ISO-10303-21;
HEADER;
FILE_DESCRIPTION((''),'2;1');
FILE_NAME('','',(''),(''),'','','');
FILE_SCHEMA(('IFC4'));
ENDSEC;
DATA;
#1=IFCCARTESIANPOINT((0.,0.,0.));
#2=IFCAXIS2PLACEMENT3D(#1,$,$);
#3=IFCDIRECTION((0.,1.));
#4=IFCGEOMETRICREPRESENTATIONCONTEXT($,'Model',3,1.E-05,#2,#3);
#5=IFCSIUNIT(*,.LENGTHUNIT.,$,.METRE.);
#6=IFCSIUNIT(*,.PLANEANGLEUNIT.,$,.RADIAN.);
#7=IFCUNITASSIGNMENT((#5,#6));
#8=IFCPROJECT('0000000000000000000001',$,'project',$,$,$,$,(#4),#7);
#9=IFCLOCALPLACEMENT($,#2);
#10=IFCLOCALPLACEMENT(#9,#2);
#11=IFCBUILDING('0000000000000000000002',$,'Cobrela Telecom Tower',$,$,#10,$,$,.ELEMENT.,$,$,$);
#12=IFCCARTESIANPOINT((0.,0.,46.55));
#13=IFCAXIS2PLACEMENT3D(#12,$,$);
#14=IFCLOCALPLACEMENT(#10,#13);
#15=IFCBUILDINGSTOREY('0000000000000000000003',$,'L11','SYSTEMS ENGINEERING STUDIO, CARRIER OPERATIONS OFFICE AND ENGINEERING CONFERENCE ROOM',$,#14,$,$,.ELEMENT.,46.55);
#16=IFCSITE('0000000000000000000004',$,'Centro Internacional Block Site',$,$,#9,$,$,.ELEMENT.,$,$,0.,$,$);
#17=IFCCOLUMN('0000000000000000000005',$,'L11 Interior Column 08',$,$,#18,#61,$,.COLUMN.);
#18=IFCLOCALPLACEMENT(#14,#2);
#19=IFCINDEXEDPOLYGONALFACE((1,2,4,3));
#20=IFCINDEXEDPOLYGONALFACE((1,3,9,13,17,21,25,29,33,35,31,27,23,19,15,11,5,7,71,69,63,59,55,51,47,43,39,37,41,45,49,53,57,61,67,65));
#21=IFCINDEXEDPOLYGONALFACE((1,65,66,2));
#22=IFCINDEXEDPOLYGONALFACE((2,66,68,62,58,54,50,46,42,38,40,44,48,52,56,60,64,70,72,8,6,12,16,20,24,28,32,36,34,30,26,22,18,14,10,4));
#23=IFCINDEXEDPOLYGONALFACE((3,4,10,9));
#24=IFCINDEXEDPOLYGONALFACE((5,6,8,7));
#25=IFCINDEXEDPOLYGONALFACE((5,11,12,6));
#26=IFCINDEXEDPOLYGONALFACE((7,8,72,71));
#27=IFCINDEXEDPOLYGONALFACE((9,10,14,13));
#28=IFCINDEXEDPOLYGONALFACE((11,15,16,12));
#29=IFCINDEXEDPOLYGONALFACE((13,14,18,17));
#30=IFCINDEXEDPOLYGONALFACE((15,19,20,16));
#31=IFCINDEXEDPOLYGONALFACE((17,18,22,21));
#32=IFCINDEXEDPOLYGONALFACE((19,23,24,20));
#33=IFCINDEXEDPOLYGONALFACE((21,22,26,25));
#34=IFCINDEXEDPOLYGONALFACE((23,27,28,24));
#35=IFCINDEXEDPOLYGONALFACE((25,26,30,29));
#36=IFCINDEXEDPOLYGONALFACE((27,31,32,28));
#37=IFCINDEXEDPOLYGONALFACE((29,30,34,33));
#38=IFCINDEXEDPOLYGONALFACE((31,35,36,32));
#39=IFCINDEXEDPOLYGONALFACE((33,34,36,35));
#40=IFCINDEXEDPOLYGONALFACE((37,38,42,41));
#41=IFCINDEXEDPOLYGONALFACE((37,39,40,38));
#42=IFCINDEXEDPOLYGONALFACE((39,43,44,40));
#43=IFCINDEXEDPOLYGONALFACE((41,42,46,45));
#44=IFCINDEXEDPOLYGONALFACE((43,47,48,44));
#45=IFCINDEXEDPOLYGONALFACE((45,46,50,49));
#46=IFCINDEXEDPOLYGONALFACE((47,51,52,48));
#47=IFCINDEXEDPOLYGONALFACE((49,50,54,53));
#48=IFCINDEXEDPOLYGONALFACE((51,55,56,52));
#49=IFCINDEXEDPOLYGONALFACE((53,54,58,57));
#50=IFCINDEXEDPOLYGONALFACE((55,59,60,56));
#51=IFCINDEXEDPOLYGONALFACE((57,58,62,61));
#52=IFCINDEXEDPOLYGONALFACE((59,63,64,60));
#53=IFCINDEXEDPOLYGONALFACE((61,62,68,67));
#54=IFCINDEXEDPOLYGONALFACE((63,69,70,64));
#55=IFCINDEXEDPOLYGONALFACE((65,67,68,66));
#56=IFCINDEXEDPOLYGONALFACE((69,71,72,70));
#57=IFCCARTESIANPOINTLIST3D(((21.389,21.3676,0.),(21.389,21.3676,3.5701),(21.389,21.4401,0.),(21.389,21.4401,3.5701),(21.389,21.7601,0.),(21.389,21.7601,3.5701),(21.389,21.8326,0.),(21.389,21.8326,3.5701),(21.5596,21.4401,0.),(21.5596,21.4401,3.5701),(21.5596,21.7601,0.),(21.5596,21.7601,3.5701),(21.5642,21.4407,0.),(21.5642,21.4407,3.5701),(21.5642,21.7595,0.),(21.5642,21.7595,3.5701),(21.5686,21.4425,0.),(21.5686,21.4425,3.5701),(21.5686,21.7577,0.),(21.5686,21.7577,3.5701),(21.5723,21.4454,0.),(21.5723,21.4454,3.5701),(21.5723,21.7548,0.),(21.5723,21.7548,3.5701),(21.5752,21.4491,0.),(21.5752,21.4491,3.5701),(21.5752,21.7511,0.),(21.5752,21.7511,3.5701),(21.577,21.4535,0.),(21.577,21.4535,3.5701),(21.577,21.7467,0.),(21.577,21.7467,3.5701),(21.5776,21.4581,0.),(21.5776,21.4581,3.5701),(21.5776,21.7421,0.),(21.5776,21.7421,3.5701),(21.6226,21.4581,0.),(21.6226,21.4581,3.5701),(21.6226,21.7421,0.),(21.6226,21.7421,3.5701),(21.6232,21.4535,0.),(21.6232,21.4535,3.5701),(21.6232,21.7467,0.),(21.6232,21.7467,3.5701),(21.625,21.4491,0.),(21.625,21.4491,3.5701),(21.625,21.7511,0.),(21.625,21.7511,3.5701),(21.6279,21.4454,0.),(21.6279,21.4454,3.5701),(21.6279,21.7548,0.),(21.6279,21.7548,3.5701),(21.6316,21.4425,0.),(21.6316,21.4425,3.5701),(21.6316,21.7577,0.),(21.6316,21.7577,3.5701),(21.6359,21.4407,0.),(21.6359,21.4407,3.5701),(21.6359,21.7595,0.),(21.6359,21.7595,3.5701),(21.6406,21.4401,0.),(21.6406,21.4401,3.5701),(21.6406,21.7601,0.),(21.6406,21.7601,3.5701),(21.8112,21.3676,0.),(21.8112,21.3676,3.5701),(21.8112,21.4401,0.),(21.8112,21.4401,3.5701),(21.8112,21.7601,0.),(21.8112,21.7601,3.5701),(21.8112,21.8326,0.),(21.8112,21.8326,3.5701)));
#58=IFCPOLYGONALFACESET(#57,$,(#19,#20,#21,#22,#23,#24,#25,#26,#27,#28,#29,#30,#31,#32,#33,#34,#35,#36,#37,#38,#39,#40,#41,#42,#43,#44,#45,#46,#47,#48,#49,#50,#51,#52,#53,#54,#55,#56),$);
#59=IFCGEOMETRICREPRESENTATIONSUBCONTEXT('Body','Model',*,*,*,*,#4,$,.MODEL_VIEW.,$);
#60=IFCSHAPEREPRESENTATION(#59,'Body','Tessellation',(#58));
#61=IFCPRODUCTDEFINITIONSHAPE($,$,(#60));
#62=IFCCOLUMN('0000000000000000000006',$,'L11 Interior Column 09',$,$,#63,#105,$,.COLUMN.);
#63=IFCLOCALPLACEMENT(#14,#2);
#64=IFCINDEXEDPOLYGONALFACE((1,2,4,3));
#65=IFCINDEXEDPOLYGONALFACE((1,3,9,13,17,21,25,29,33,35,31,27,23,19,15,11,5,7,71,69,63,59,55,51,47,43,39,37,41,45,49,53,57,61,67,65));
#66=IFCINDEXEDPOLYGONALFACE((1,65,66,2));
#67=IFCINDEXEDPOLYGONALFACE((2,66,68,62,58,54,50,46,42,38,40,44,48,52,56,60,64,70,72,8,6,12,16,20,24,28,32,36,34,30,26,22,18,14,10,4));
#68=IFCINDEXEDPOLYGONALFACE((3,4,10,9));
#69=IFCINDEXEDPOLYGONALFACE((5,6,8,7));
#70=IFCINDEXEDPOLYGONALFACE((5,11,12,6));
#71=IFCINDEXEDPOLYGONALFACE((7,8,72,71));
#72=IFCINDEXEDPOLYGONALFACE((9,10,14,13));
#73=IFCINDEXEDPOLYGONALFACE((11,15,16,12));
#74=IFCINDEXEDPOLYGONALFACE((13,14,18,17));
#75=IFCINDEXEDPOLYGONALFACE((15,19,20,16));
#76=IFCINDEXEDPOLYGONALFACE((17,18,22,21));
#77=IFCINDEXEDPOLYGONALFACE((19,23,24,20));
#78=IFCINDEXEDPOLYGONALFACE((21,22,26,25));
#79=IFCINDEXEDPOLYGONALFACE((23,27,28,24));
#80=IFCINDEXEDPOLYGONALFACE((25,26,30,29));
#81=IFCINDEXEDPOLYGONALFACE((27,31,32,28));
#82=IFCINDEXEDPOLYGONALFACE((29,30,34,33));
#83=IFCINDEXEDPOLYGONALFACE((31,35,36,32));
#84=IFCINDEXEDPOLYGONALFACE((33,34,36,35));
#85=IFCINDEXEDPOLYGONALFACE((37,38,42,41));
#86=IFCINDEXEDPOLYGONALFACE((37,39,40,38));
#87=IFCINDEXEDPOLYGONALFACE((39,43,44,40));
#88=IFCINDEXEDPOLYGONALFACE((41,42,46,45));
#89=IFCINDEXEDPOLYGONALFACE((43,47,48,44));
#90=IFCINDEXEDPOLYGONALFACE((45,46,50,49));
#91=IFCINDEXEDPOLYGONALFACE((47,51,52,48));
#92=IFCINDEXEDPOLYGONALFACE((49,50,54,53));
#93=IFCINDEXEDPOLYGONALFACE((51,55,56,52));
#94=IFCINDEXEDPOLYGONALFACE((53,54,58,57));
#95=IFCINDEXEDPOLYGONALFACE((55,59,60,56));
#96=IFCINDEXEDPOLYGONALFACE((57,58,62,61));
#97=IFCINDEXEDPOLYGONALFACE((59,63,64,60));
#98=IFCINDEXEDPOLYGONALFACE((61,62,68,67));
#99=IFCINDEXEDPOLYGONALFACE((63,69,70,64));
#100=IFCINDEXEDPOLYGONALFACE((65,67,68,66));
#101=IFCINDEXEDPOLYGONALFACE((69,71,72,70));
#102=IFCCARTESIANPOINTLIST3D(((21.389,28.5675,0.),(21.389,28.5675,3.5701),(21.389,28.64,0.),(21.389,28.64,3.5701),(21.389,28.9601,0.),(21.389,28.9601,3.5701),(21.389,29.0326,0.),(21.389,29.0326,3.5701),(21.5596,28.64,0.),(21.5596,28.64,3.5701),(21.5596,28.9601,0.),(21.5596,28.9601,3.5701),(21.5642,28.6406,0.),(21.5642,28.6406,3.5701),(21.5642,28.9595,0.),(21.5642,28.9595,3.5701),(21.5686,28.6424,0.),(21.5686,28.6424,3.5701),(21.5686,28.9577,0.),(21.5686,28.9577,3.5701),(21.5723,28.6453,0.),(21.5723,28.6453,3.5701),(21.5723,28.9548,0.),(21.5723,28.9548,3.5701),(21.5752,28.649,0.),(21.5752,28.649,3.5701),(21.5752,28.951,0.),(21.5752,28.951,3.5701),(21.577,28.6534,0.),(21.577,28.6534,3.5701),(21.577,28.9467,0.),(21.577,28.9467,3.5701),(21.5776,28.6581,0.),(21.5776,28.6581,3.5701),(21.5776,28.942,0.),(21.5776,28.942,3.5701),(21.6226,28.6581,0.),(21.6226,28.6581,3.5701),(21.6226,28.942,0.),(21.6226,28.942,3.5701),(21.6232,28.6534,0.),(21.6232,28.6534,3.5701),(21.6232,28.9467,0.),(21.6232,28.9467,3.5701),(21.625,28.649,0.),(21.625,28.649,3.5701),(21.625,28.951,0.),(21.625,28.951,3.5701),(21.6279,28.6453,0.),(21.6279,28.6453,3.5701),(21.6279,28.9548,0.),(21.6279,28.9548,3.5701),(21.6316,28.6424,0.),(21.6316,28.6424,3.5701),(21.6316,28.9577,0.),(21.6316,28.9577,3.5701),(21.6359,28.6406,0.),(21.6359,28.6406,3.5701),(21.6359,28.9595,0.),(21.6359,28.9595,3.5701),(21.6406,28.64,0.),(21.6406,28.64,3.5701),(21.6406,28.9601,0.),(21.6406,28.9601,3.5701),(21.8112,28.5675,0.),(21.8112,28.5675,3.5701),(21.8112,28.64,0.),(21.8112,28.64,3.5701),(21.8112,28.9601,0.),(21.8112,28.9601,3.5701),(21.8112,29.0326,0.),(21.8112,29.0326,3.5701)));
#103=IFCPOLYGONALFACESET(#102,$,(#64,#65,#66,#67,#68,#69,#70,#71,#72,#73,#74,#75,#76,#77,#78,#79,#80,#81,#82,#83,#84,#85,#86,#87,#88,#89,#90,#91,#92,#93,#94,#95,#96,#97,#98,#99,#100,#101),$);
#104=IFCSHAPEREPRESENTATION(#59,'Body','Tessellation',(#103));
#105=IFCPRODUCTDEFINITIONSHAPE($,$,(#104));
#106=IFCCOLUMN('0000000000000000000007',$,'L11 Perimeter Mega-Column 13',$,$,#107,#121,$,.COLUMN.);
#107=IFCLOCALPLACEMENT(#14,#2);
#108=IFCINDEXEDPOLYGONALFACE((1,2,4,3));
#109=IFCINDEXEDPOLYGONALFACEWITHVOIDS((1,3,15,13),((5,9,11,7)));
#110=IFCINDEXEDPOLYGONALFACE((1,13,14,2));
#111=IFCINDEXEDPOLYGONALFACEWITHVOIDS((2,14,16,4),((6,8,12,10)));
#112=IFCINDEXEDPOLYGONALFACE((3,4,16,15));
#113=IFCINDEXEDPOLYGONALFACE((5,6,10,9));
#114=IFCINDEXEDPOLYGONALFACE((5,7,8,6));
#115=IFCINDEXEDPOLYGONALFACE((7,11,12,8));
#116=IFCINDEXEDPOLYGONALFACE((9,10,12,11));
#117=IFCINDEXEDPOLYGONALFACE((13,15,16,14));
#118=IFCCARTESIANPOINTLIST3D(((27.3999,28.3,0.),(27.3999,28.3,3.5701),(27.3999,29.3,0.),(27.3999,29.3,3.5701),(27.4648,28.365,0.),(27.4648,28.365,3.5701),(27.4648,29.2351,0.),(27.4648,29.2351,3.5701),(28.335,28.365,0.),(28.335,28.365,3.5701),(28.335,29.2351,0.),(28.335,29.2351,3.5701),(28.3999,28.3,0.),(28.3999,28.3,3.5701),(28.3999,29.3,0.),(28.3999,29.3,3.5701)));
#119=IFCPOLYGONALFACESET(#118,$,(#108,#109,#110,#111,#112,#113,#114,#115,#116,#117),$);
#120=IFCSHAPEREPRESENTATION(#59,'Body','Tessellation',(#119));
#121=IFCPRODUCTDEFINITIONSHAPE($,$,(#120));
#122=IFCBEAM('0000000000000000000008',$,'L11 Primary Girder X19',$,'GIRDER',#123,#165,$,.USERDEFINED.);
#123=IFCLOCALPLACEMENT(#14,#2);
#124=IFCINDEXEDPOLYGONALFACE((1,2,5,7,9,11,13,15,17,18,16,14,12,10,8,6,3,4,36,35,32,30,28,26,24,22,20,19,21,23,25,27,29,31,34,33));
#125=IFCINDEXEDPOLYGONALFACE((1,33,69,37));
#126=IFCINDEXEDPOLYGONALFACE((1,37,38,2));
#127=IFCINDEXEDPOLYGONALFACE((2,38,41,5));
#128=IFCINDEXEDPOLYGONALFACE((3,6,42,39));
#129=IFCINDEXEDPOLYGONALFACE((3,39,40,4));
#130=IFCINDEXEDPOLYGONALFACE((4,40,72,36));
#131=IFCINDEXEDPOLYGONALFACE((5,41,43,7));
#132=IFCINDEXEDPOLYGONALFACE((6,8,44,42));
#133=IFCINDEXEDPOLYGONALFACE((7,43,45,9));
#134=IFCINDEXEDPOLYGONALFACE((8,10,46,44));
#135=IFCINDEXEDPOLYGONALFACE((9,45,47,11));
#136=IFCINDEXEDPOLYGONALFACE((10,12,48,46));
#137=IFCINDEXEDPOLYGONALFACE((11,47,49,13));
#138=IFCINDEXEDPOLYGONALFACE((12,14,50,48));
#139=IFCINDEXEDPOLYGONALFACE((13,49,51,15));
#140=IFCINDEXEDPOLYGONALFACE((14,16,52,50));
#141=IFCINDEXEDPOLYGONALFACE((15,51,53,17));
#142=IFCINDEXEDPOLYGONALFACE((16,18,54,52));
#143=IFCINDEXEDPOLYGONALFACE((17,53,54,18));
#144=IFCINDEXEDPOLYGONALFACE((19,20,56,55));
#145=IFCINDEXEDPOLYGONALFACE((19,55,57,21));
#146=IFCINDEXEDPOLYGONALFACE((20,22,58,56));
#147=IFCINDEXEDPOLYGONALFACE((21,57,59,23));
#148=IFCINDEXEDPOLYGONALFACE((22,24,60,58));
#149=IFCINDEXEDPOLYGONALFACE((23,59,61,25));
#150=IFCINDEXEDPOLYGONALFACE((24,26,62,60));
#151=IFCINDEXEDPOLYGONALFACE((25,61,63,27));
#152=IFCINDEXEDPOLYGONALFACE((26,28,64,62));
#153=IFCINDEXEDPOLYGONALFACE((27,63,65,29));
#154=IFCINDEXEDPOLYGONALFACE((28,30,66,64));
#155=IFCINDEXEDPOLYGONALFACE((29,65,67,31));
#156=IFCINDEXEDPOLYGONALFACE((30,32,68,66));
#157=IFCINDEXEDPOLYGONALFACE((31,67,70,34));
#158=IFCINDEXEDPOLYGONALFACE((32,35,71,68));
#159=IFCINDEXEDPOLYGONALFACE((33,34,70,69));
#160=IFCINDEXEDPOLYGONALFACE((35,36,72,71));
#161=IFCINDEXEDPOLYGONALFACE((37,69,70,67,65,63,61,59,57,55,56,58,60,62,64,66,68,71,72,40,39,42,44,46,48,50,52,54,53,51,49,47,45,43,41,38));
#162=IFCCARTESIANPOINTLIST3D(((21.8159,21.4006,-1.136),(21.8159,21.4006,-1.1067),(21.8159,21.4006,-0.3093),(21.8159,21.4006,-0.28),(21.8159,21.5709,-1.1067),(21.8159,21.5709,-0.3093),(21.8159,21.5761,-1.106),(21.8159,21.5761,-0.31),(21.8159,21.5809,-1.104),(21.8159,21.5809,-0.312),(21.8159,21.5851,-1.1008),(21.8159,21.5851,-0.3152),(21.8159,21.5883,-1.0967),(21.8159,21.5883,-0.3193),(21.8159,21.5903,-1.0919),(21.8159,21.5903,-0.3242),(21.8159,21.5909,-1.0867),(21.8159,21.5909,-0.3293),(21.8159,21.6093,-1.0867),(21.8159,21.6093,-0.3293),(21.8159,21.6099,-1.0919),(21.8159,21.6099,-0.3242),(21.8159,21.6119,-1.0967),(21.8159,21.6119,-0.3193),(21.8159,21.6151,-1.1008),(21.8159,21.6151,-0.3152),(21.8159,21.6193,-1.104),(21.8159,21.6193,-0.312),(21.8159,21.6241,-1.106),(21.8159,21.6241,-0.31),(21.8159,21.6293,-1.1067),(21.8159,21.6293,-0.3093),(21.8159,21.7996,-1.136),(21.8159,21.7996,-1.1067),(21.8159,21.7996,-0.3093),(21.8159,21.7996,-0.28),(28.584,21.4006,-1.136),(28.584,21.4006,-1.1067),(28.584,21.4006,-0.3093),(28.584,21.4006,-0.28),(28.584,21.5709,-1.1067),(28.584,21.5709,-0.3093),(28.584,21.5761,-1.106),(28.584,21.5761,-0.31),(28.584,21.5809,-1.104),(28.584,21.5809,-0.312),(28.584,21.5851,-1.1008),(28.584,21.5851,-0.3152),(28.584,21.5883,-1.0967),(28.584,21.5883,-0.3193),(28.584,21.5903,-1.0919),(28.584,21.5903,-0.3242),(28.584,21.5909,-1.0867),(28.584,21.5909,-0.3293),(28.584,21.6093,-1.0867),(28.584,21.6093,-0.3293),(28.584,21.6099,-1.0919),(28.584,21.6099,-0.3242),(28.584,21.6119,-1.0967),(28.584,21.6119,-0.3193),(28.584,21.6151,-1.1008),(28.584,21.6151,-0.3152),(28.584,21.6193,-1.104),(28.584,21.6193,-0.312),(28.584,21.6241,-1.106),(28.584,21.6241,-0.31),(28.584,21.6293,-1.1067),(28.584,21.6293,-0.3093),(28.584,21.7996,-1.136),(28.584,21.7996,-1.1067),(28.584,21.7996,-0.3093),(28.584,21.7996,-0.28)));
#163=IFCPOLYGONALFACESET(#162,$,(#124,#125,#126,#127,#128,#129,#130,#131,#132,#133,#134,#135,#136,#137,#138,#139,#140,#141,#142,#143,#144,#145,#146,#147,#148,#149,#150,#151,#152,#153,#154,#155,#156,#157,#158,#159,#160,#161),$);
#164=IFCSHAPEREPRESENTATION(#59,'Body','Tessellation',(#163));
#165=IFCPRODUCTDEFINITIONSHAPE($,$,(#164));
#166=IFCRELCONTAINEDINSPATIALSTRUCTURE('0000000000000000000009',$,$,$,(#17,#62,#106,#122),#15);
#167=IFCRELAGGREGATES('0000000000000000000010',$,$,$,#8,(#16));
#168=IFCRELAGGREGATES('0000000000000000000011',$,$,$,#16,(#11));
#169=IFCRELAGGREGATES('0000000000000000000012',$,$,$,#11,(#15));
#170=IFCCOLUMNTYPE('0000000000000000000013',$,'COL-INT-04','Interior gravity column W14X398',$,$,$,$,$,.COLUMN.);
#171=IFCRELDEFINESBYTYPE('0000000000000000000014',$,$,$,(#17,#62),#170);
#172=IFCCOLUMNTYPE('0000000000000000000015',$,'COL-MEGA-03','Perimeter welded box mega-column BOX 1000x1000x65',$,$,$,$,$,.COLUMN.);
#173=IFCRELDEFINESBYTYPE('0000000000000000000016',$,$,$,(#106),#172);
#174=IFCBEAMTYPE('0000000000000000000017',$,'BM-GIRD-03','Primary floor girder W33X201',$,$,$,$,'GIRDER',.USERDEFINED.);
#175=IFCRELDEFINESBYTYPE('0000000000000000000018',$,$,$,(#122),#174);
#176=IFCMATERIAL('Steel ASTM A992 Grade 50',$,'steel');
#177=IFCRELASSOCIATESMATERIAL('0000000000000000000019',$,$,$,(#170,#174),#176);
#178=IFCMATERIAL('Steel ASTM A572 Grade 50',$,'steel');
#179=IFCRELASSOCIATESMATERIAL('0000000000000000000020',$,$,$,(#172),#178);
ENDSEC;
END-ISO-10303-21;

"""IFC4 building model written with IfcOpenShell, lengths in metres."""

from ifc_helpers import new_model, si_unit, direction, frame, origin, origin_2d, place, context, subcontext, project, spatial, hollow_rectangle, i_section, extrude, material, material_profile, profile_set, type_object, element, save


model = new_model("IFC4")

# Units and contexts
model_context = context("Model", 3, precision=1e-05, world=origin(), true_north=direction((0.0, 1.0)))
body_context = subcontext(model_context, "Body", "Model", "MODEL_VIEW")
ifc_project = project(units=[si_unit("LENGTHUNIT", "METRE"), si_unit("PLANEANGLEUNIT", "RADIAN")], contexts=[model_context])

# Site, building, storey
site_placement = place(None, origin())
site = spatial("IfcSite", under=ifc_project, at=site_placement, Name="Centro Internacional Block Site", CompositionType="ELEMENT", RefElevation=0.0)
building_placement = place(site_placement, origin())
building = spatial("IfcBuilding", under=site, at=building_placement, Name="Cobrela Telecom Tower", CompositionType="ELEMENT")
storey_placement = place(building_placement, frame((0.0, 0.0, 46.55)))
storey = spatial("IfcBuildingStorey", under=building, at=storey_placement, Name="L11", Description="SYSTEMS ENGINEERING STUDIO, CARRIER OPERATIONS OFFICE AND ENGINEERING CONFERENCE ROOM", CompositionType="ELEMENT", Elevation=46.55)

# Columns
ifc_material_1 = material(Name="Steel ASTM A992 Grade 50", Category="steel")
ifc_material_profile_1 = material_profile(ifc_material_1, i_section(OverallWidth=0.4221, OverallDepth=0.4651, WebThickness=0.0449, FlangeThickness=0.0725, FilletRadius=0.0181, at=origin_2d()), Name="W14X398")
ifc_profile_set_1 = profile_set([ifc_material_profile_1], Name="Steel ASTM A992 Grade 50")
column_type_1 = type_object("IfcColumnType", Name="COL-INT-04", Description="Interior gravity column W14X398", PredefinedType="COLUMN", material=ifc_profile_set_1)
for number, where, z_axis, x_axis, name in (
    (1, (21.6001, 21.6001, 0.0), (0.0, 0.0, 1.0), (1.0, 0.0, 0.0), "L11 Interior Column 08"),
    (2, (21.6001, 28.8, 0.0), (0.0, 0.0, 1.0), (1.0, 0.0, 0.0), "L11 Interior Column 09"),
):
    element("IfcColumn", number, at=place(storey_placement, frame(where, z_axis=z_axis, x_axis=x_axis)), inside=storey, type_object=column_type_1, Name=name, PredefinedType="COLUMN", context=body_context, shape_type="SweptSolid", body=[
        extrude(i_section(OverallWidth=0.4221, OverallDepth=0.4651, WebThickness=0.0449, FlangeThickness=0.0725, FilletRadius=0.0181, at=origin_2d()), origin(), (0.0, 0.0, 1.0), 3.5701),
    ])
ifc_material_2 = material(Name="Steel ASTM A572 Grade 50", Category="steel")
ifc_material_profile_2 = material_profile(ifc_material_2, hollow_rectangle(XDim=1.0, YDim=1.0, WallThickness=0.0649, at=origin_2d()), Name="BOX 1000x1000x65")
ifc_profile_set_2 = profile_set([ifc_material_profile_2], Name="Steel ASTM A572 Grade 50")
column_type_2 = type_object("IfcColumnType", Name="COL-MEGA-03", Description="Perimeter welded box mega-column BOX 1000x1000x65", PredefinedType="COLUMN", material=ifc_profile_set_2)
column_placement = place(storey_placement, frame((27.8999, 28.8, 0.0), z_axis=(0.0, 0.0, 1.0), x_axis=(1.0, 0.0, 0.0)))
element("IfcColumn", 3, at=column_placement, inside=storey, type_object=column_type_2, Name="L11 Perimeter Mega-Column 13", PredefinedType="COLUMN", context=body_context, shape_type="SweptSolid", body=[
    extrude(hollow_rectangle(XDim=1.0, YDim=1.0, WallThickness=0.0649, at=origin_2d()), origin(), (0.0, 0.0, 1.0), 3.5701),
])

# Beam
ifc_material_profile_3 = material_profile(ifc_material_1, i_section(OverallWidth=0.3989, OverallDepth=0.856, WebThickness=0.0183, FlangeThickness=0.0293, FilletRadius=0.02, at=origin_2d()), Name="W33X201")
ifc_profile_set_3 = profile_set([ifc_material_profile_3], Name="Steel ASTM A992 Grade 50")
beam_type_1 = type_object("IfcBeamType", Name="BM-GIRD-03", Description="Primary floor girder W33X201", ElementType="GIRDER", PredefinedType="USERDEFINED", material=ifc_profile_set_3)
beam_1_placement = place(storey_placement, frame((21.8159, 21.6001, -0.708), z_axis=(1.0, 0.0, 0.0), x_axis=(0.0, 1.0, 0.0)))
element("IfcBeam", 4, at=beam_1_placement, inside=storey, type_object=beam_type_1, Name="L11 Primary Girder X19", ObjectType="GIRDER", PredefinedType="USERDEFINED", context=body_context, shape_type="SweptSolid", body=[
    extrude(i_section(OverallWidth=0.3989, OverallDepth=0.856, WebThickness=0.0183, FlangeThickness=0.0293, FilletRadius=0.02, at=origin_2d()), origin(), (0.0, 0.0, 1.0), 6.7681),
])

save(model, "model.ifc")
